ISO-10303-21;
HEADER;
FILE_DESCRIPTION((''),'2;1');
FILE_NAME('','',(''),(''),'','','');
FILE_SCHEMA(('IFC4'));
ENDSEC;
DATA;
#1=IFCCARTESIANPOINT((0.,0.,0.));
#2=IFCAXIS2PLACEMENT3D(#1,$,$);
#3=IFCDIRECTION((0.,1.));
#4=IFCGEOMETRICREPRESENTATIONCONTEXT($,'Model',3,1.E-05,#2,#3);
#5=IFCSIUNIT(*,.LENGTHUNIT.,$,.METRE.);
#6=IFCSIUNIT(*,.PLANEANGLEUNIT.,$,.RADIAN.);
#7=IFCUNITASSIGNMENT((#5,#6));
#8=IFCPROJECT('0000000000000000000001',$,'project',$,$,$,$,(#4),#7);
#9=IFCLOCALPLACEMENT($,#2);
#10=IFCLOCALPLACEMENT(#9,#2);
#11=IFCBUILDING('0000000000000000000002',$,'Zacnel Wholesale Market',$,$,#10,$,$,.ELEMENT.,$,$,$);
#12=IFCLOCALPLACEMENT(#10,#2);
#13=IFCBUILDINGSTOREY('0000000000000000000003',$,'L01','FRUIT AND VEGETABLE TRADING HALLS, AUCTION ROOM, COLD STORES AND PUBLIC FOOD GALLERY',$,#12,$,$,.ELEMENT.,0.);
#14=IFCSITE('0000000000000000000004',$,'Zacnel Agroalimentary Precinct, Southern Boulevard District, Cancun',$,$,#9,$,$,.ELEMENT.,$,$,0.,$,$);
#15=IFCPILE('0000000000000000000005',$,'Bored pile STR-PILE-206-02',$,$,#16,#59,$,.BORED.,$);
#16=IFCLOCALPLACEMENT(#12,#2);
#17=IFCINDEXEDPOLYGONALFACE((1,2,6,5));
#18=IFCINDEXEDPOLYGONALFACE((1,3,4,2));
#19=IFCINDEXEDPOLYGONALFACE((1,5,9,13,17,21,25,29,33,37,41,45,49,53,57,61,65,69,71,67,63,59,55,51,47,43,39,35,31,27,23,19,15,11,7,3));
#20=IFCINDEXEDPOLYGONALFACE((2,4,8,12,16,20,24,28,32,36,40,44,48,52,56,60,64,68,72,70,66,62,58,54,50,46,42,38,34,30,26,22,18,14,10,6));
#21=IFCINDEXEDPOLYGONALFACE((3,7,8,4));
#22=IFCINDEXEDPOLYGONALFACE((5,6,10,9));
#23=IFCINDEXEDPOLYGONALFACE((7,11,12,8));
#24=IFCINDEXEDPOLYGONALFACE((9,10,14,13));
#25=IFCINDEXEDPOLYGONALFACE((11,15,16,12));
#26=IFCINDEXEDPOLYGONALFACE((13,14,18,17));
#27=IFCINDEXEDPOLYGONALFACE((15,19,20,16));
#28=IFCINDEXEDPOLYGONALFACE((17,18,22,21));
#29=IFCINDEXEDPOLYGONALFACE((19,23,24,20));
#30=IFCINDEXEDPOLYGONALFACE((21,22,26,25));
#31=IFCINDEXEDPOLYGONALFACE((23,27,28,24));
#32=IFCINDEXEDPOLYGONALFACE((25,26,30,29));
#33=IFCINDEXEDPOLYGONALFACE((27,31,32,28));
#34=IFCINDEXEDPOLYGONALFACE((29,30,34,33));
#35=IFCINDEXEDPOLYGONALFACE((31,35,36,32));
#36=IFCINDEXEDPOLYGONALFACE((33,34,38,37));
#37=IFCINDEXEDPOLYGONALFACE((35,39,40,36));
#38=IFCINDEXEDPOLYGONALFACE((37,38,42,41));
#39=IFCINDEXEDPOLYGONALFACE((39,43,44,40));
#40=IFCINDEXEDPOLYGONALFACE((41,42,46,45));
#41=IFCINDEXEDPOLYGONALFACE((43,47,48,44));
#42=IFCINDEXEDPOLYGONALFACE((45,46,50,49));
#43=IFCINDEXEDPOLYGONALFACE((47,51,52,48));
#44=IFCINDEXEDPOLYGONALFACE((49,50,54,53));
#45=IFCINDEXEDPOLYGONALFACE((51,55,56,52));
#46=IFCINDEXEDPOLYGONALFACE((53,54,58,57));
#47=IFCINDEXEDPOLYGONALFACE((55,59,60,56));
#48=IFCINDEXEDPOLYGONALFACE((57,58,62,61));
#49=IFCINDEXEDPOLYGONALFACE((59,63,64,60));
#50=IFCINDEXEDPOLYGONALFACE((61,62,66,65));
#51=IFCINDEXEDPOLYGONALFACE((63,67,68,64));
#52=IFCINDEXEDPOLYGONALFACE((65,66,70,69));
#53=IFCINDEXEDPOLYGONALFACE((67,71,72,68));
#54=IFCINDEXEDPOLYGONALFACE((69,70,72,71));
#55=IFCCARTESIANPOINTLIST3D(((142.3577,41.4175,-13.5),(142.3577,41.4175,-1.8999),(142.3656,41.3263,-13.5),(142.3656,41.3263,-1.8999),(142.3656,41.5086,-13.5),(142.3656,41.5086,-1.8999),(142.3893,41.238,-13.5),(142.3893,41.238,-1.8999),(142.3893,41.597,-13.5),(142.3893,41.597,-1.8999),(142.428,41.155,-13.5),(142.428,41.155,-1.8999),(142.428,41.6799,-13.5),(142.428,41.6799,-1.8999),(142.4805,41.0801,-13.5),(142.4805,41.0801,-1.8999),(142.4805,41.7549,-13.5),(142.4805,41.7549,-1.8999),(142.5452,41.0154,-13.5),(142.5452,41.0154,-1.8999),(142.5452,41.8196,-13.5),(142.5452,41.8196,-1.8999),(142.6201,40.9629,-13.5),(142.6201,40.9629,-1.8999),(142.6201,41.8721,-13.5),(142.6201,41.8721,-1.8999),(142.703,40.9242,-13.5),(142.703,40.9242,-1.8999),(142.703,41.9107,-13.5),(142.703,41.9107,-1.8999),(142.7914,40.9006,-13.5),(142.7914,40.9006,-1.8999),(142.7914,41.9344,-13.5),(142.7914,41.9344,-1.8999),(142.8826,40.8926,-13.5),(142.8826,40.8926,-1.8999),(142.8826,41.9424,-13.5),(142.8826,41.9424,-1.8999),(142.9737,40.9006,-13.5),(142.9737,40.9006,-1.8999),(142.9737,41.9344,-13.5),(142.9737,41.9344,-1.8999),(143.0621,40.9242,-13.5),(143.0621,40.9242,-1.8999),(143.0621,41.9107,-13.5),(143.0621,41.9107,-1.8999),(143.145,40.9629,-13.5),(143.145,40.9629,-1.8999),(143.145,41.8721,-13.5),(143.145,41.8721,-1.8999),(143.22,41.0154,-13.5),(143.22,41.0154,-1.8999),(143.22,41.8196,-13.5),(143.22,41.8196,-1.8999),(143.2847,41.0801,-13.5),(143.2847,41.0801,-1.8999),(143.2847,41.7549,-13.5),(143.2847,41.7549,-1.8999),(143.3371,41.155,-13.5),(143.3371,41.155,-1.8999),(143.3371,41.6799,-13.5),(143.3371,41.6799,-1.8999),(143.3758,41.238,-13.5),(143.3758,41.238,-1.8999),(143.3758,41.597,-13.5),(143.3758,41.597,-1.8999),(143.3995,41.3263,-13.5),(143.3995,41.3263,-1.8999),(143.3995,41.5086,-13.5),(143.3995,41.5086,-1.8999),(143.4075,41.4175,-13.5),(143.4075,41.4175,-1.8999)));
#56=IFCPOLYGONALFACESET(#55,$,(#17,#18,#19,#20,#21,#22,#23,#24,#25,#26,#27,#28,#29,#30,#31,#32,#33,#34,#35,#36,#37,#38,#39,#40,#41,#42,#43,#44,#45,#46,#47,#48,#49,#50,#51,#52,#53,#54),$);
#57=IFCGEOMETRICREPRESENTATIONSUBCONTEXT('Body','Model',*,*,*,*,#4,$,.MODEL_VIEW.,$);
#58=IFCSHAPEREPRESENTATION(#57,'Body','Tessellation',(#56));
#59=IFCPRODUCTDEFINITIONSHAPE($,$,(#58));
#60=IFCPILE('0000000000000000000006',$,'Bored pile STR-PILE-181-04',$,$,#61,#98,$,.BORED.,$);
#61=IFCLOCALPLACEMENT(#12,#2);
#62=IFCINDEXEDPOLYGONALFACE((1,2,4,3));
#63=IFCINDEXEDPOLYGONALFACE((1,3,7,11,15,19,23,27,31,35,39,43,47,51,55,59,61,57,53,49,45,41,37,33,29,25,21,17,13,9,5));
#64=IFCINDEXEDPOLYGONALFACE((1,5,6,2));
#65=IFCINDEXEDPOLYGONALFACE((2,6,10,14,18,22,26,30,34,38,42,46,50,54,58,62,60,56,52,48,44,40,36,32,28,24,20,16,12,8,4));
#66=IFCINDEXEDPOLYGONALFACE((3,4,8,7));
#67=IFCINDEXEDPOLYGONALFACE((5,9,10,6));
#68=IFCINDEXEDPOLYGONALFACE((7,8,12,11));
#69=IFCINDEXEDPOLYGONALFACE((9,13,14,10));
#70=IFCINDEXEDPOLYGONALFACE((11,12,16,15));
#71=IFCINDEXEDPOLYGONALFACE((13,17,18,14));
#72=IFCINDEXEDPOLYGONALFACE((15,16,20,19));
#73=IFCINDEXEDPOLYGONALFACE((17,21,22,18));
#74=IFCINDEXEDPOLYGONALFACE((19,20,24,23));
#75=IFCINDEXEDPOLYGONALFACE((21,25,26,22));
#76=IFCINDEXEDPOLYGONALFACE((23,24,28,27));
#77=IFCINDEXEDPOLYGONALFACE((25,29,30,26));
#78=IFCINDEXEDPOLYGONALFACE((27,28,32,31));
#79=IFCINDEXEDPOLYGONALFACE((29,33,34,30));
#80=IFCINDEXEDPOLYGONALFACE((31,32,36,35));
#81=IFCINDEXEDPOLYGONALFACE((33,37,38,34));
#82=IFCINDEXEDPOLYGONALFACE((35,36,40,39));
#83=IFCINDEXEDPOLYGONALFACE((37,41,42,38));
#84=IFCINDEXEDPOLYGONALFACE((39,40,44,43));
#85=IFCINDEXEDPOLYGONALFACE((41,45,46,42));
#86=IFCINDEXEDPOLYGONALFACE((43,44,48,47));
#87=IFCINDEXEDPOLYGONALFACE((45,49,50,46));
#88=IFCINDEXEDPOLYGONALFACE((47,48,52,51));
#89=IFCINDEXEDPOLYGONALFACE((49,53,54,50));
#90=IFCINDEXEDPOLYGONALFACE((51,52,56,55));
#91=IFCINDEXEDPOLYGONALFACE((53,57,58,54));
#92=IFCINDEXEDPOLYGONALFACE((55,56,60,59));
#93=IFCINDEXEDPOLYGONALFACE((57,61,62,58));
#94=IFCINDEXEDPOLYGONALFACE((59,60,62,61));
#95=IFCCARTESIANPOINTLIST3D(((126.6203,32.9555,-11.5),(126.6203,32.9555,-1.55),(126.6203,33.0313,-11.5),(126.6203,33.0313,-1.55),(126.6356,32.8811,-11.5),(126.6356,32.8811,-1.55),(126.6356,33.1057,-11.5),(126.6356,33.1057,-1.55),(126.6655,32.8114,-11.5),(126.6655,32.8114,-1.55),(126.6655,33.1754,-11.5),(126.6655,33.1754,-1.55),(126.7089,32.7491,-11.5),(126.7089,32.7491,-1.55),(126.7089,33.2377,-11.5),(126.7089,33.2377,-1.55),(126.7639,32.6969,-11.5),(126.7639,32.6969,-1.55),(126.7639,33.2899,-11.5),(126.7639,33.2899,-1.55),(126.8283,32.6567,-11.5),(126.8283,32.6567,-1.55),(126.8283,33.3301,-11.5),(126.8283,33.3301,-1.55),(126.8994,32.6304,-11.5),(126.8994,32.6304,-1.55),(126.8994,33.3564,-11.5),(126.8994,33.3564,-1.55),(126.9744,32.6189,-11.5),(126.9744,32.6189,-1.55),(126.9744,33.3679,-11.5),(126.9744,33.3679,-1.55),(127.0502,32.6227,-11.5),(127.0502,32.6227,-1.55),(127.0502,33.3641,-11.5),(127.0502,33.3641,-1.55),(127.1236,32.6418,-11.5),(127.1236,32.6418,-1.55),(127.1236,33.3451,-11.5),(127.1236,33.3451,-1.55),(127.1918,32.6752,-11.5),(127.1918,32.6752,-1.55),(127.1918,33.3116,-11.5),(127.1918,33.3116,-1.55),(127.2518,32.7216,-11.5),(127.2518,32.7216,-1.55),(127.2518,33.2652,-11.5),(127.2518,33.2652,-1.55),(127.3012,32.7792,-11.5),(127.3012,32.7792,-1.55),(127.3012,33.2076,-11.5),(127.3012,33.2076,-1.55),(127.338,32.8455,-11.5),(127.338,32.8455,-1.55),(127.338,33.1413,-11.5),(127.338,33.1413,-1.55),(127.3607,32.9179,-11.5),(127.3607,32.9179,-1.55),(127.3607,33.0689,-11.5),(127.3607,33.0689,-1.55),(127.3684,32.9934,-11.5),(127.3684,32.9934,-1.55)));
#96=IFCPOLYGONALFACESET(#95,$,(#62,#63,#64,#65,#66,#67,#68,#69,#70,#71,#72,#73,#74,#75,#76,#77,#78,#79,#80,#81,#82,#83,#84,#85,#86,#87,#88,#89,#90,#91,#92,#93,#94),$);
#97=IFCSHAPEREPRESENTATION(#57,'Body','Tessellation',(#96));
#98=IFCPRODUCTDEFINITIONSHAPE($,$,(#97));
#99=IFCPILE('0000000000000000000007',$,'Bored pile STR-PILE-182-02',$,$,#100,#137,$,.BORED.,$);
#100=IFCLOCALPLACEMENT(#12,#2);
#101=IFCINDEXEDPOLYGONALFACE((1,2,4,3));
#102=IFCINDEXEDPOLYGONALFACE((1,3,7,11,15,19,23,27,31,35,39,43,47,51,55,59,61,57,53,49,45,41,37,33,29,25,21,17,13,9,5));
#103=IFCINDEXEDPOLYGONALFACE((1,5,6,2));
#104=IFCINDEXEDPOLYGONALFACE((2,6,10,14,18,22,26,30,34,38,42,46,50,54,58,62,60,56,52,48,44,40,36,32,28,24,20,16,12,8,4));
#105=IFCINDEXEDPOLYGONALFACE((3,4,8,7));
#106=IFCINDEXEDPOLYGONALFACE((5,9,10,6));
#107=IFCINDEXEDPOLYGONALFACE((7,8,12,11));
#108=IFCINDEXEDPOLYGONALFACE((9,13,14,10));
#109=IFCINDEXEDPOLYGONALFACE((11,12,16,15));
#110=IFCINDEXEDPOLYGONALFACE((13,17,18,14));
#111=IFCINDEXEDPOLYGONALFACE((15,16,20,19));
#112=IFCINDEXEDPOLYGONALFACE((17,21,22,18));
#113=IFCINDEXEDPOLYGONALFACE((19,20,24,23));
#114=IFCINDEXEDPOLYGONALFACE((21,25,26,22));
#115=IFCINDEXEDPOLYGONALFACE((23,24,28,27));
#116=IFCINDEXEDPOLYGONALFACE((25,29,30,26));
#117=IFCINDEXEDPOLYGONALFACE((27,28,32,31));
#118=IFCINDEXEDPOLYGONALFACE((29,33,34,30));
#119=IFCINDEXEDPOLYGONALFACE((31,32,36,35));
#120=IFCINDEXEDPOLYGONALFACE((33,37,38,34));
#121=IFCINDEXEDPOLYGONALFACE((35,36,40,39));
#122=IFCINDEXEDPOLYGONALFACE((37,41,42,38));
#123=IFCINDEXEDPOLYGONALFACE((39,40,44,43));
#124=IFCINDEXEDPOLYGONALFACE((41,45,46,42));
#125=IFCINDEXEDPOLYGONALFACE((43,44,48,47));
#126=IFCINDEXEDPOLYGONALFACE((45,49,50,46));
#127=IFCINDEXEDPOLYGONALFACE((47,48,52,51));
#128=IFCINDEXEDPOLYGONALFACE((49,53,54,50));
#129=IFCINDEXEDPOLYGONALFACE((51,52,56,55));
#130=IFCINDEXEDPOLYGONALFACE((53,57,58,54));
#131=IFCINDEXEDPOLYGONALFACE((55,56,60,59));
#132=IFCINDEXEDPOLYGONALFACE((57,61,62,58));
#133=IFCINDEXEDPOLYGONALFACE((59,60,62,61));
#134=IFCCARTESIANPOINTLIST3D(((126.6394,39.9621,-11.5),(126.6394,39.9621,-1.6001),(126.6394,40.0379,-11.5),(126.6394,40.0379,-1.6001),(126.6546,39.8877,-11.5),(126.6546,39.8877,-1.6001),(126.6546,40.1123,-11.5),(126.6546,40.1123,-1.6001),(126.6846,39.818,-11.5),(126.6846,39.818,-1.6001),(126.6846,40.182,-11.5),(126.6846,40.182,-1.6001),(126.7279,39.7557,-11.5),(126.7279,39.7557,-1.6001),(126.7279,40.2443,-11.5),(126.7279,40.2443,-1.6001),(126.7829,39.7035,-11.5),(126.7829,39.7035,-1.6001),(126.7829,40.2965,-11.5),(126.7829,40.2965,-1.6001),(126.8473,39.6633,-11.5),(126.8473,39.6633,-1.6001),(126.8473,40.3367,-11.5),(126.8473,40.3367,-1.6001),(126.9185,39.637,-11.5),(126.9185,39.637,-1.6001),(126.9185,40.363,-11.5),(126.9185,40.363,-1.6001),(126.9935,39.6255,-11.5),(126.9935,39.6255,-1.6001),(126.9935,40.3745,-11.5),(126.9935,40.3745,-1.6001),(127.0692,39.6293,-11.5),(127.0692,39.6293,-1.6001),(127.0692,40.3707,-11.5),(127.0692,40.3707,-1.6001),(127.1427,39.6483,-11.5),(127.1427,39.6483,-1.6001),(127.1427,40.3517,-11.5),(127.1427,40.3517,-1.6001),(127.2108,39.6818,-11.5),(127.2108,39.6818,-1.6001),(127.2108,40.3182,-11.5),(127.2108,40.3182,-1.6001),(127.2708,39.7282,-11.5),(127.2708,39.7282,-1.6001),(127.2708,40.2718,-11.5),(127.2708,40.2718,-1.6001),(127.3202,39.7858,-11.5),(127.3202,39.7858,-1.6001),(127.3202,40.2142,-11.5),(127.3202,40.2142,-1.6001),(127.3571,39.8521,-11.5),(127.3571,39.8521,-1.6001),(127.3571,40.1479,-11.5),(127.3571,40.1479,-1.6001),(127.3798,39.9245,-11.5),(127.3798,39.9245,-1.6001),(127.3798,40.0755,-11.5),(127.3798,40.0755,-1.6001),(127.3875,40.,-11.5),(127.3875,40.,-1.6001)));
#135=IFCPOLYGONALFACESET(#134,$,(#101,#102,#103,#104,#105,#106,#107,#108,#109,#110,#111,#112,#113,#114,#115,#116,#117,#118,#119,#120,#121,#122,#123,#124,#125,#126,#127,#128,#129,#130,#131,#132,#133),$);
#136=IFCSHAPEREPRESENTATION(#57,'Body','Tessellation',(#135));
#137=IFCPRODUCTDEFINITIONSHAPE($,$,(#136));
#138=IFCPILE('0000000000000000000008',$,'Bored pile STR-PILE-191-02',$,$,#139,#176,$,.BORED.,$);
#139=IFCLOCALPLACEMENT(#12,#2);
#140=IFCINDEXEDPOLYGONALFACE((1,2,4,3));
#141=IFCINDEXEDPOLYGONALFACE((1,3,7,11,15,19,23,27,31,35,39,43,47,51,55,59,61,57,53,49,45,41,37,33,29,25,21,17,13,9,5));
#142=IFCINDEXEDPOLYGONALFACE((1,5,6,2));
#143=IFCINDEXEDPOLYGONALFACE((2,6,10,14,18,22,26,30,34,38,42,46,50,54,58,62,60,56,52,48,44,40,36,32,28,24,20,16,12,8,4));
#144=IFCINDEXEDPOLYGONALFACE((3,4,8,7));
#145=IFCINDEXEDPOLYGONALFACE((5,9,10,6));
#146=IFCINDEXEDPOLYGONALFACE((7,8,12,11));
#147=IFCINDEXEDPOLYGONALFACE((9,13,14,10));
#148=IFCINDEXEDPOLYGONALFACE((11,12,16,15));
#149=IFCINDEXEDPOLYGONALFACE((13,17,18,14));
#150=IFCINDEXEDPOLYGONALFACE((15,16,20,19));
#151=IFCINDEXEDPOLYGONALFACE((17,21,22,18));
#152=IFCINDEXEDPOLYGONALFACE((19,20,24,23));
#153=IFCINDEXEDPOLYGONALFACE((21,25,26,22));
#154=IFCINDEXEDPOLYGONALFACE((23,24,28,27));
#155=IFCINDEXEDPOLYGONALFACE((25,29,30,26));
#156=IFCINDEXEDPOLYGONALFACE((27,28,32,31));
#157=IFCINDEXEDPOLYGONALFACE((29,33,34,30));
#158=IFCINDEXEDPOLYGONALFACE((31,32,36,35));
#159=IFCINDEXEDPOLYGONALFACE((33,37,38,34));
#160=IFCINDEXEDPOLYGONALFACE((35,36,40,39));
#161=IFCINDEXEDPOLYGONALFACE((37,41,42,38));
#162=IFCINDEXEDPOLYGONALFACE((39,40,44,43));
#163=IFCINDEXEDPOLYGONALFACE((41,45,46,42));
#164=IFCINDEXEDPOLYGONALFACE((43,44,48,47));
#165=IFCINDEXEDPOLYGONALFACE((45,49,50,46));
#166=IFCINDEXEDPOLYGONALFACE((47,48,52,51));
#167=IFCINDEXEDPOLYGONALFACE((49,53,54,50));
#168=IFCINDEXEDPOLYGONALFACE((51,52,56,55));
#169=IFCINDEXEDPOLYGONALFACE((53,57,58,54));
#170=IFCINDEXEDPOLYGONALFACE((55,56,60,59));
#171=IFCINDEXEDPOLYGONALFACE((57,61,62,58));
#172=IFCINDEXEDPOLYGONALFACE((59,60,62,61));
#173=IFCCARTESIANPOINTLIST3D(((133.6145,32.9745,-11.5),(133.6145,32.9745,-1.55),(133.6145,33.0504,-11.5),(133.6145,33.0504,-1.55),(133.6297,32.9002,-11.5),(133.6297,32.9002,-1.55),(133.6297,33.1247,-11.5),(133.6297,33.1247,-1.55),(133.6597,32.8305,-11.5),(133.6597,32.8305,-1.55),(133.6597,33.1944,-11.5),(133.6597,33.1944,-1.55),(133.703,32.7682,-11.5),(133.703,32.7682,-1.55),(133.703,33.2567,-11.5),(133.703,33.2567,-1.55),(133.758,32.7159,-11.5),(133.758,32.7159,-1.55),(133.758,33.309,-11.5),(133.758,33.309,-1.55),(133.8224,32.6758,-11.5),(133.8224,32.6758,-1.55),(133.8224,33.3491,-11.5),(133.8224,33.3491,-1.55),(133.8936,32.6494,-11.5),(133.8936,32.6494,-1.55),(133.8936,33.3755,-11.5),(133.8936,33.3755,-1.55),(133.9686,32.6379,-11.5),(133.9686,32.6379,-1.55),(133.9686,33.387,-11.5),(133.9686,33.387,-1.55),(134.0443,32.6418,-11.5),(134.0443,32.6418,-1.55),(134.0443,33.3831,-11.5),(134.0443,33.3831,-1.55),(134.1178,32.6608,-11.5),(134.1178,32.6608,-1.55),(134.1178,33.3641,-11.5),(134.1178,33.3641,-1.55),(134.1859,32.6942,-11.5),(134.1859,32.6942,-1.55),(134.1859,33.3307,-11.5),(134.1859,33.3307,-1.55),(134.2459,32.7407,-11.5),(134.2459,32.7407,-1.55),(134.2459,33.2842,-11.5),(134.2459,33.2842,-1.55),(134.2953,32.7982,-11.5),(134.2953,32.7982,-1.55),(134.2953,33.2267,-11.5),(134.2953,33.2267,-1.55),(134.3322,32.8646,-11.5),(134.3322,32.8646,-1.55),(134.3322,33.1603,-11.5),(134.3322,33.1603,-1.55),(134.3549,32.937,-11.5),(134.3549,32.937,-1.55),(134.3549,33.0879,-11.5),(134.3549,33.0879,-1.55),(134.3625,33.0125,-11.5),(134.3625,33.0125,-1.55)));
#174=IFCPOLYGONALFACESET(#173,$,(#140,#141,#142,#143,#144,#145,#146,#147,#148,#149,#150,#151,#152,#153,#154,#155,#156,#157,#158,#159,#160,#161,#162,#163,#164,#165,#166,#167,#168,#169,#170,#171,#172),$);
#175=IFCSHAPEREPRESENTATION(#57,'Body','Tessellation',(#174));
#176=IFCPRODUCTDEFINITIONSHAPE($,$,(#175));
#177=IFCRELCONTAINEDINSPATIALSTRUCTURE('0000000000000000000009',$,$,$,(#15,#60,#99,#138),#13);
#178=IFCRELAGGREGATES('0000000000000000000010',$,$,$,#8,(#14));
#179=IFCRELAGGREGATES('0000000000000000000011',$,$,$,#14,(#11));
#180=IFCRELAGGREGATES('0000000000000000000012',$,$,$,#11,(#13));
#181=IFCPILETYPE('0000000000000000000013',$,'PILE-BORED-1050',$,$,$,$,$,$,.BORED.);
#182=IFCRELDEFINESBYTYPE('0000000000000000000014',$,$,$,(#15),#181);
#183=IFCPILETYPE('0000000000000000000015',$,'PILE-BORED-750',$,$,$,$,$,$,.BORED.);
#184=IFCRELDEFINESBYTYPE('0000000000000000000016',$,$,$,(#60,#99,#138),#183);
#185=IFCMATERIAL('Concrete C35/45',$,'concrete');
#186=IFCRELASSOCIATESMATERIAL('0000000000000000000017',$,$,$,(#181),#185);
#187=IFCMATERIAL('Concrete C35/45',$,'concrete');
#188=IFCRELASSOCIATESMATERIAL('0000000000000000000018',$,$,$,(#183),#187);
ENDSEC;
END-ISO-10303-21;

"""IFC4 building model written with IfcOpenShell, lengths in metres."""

from ifc_helpers import new_model, si_unit, direction, frame, origin, origin_2d, place, context, subcontext, project, spatial, circle, extrude, material, material_profile, profile_set, type_object, element, save


model = new_model("IFC4")

# Units and contexts
model_context = context("Model", 3, precision=1e-05, world=origin(), true_north=direction((0.0, 1.0)))
body_context = subcontext(model_context, "Body", "Model", "MODEL_VIEW")
ifc_project = project(units=[si_unit("LENGTHUNIT", "METRE"), si_unit("PLANEANGLEUNIT", "RADIAN")], contexts=[model_context])

# Site, building, storey
site_placement = place(None, origin())
site = spatial("IfcSite", under=ifc_project, at=site_placement, Name="Zacnel Agroalimentary Precinct, Southern Boulevard District, Cancun", CompositionType="ELEMENT", RefElevation=0.0)
building_placement = place(site_placement, origin())
building = spatial("IfcBuilding", under=site, at=building_placement, Name="Zacnel Wholesale Market", CompositionType="ELEMENT")
storey_placement = place(building_placement, origin())
storey = spatial("IfcBuildingStorey", under=building, at=storey_placement, Name="L01", Description="FRUIT AND VEGETABLE TRADING HALLS, AUCTION ROOM, COLD STORES AND PUBLIC FOOD GALLERY", CompositionType="ELEMENT", Elevation=0.0)

# Piles
ifc_material_1 = material(Name="Concrete C35/45", Category="concrete")
ifc_material_profile_1 = material_profile(ifc_material_1, circle(Radius=0.5249, at=origin_2d()), Name="BORED PILE D1050")
ifc_profile_set_1 = profile_set([ifc_material_profile_1], Name="Concrete C35/45")
pile_type_1 = type_object("IfcPileType", Name="PILE-BORED-1050", PredefinedType="BORED", material=ifc_profile_set_1)
for number, where, z_axis, x_axis, name in (
    (1, (142.8826, 41.4175, -1.8999), (0.0, 0.0, -1.0), (1.0, 0.0, 0.0), "Bored pile STR-PILE-206-02"),
):
    element("IfcPile", number, at=place(storey_placement, frame(where, z_axis=z_axis, x_axis=x_axis)), inside=storey, type_object=pile_type_1, Name=name, PredefinedType="BORED", context=body_context, shape_type="SweptSolid", body=[
        extrude(circle(Radius=0.5249, at=origin_2d()), origin(), (0.0, 0.0, 1.0), 11.6001),
    ])
ifc_material_2 = material(Name="Concrete C35/45", Category="concrete")
ifc_material_profile_2 = material_profile(ifc_material_2, circle(Radius=0.375, at=origin_2d()), Name="BORED PILE D750")
ifc_profile_set_2 = profile_set([ifc_material_profile_2], Name="Concrete C35/45")
pile_type_2 = type_object("IfcPileType", Name="PILE-BORED-750", PredefinedType="BORED", material=ifc_profile_set_2)
pile_1_placement = place(storey_placement, frame((126.9934, 32.9934, -1.55), z_axis=(0.0, 0.0, -1.0), x_axis=(1.0, 0.0, 0.0)))
element("IfcPile", 2, at=pile_1_placement, inside=storey, type_object=pile_type_2, Name="Bored pile STR-PILE-181-04", PredefinedType="BORED", context=body_context, shape_type="SweptSolid", body=[
    extrude(circle(Radius=0.375, at=origin_2d()), origin(), (0.0, 0.0, 1.0), 9.95),
])
pile_2_placement = place(storey_placement, frame((127.0125, 40.0, -1.6001), z_axis=(0.0, 0.0, -1.0), x_axis=(1.0, 0.0, 0.0)))
element("IfcPile", 3, at=pile_2_placement, inside=storey, type_object=pile_type_2, Name="Bored pile STR-PILE-182-02", PredefinedType="BORED", context=body_context, shape_type="SweptSolid", body=[
    extrude(circle(Radius=0.375, at=origin_2d()), origin(), (0.0, 0.0, 1.0), 9.8999),
])
for number, where, z_axis, x_axis, name in (
    (4, (133.9875, 33.0125, -1.55), (0.0, 0.0, -1.0), (1.0, 0.0, 0.0), "Bored pile STR-PILE-191-02"),
):
    element("IfcPile", number, at=place(storey_placement, frame(where, z_axis=z_axis, x_axis=x_axis)), inside=storey, type_object=pile_type_2, Name=name, PredefinedType="BORED", context=body_context, shape_type="SweptSolid", body=[
        extrude(circle(Radius=0.375, at=origin_2d()), origin(), (0.0, 0.0, 1.0), 9.95),
    ])

save(model, "model.ifc")
